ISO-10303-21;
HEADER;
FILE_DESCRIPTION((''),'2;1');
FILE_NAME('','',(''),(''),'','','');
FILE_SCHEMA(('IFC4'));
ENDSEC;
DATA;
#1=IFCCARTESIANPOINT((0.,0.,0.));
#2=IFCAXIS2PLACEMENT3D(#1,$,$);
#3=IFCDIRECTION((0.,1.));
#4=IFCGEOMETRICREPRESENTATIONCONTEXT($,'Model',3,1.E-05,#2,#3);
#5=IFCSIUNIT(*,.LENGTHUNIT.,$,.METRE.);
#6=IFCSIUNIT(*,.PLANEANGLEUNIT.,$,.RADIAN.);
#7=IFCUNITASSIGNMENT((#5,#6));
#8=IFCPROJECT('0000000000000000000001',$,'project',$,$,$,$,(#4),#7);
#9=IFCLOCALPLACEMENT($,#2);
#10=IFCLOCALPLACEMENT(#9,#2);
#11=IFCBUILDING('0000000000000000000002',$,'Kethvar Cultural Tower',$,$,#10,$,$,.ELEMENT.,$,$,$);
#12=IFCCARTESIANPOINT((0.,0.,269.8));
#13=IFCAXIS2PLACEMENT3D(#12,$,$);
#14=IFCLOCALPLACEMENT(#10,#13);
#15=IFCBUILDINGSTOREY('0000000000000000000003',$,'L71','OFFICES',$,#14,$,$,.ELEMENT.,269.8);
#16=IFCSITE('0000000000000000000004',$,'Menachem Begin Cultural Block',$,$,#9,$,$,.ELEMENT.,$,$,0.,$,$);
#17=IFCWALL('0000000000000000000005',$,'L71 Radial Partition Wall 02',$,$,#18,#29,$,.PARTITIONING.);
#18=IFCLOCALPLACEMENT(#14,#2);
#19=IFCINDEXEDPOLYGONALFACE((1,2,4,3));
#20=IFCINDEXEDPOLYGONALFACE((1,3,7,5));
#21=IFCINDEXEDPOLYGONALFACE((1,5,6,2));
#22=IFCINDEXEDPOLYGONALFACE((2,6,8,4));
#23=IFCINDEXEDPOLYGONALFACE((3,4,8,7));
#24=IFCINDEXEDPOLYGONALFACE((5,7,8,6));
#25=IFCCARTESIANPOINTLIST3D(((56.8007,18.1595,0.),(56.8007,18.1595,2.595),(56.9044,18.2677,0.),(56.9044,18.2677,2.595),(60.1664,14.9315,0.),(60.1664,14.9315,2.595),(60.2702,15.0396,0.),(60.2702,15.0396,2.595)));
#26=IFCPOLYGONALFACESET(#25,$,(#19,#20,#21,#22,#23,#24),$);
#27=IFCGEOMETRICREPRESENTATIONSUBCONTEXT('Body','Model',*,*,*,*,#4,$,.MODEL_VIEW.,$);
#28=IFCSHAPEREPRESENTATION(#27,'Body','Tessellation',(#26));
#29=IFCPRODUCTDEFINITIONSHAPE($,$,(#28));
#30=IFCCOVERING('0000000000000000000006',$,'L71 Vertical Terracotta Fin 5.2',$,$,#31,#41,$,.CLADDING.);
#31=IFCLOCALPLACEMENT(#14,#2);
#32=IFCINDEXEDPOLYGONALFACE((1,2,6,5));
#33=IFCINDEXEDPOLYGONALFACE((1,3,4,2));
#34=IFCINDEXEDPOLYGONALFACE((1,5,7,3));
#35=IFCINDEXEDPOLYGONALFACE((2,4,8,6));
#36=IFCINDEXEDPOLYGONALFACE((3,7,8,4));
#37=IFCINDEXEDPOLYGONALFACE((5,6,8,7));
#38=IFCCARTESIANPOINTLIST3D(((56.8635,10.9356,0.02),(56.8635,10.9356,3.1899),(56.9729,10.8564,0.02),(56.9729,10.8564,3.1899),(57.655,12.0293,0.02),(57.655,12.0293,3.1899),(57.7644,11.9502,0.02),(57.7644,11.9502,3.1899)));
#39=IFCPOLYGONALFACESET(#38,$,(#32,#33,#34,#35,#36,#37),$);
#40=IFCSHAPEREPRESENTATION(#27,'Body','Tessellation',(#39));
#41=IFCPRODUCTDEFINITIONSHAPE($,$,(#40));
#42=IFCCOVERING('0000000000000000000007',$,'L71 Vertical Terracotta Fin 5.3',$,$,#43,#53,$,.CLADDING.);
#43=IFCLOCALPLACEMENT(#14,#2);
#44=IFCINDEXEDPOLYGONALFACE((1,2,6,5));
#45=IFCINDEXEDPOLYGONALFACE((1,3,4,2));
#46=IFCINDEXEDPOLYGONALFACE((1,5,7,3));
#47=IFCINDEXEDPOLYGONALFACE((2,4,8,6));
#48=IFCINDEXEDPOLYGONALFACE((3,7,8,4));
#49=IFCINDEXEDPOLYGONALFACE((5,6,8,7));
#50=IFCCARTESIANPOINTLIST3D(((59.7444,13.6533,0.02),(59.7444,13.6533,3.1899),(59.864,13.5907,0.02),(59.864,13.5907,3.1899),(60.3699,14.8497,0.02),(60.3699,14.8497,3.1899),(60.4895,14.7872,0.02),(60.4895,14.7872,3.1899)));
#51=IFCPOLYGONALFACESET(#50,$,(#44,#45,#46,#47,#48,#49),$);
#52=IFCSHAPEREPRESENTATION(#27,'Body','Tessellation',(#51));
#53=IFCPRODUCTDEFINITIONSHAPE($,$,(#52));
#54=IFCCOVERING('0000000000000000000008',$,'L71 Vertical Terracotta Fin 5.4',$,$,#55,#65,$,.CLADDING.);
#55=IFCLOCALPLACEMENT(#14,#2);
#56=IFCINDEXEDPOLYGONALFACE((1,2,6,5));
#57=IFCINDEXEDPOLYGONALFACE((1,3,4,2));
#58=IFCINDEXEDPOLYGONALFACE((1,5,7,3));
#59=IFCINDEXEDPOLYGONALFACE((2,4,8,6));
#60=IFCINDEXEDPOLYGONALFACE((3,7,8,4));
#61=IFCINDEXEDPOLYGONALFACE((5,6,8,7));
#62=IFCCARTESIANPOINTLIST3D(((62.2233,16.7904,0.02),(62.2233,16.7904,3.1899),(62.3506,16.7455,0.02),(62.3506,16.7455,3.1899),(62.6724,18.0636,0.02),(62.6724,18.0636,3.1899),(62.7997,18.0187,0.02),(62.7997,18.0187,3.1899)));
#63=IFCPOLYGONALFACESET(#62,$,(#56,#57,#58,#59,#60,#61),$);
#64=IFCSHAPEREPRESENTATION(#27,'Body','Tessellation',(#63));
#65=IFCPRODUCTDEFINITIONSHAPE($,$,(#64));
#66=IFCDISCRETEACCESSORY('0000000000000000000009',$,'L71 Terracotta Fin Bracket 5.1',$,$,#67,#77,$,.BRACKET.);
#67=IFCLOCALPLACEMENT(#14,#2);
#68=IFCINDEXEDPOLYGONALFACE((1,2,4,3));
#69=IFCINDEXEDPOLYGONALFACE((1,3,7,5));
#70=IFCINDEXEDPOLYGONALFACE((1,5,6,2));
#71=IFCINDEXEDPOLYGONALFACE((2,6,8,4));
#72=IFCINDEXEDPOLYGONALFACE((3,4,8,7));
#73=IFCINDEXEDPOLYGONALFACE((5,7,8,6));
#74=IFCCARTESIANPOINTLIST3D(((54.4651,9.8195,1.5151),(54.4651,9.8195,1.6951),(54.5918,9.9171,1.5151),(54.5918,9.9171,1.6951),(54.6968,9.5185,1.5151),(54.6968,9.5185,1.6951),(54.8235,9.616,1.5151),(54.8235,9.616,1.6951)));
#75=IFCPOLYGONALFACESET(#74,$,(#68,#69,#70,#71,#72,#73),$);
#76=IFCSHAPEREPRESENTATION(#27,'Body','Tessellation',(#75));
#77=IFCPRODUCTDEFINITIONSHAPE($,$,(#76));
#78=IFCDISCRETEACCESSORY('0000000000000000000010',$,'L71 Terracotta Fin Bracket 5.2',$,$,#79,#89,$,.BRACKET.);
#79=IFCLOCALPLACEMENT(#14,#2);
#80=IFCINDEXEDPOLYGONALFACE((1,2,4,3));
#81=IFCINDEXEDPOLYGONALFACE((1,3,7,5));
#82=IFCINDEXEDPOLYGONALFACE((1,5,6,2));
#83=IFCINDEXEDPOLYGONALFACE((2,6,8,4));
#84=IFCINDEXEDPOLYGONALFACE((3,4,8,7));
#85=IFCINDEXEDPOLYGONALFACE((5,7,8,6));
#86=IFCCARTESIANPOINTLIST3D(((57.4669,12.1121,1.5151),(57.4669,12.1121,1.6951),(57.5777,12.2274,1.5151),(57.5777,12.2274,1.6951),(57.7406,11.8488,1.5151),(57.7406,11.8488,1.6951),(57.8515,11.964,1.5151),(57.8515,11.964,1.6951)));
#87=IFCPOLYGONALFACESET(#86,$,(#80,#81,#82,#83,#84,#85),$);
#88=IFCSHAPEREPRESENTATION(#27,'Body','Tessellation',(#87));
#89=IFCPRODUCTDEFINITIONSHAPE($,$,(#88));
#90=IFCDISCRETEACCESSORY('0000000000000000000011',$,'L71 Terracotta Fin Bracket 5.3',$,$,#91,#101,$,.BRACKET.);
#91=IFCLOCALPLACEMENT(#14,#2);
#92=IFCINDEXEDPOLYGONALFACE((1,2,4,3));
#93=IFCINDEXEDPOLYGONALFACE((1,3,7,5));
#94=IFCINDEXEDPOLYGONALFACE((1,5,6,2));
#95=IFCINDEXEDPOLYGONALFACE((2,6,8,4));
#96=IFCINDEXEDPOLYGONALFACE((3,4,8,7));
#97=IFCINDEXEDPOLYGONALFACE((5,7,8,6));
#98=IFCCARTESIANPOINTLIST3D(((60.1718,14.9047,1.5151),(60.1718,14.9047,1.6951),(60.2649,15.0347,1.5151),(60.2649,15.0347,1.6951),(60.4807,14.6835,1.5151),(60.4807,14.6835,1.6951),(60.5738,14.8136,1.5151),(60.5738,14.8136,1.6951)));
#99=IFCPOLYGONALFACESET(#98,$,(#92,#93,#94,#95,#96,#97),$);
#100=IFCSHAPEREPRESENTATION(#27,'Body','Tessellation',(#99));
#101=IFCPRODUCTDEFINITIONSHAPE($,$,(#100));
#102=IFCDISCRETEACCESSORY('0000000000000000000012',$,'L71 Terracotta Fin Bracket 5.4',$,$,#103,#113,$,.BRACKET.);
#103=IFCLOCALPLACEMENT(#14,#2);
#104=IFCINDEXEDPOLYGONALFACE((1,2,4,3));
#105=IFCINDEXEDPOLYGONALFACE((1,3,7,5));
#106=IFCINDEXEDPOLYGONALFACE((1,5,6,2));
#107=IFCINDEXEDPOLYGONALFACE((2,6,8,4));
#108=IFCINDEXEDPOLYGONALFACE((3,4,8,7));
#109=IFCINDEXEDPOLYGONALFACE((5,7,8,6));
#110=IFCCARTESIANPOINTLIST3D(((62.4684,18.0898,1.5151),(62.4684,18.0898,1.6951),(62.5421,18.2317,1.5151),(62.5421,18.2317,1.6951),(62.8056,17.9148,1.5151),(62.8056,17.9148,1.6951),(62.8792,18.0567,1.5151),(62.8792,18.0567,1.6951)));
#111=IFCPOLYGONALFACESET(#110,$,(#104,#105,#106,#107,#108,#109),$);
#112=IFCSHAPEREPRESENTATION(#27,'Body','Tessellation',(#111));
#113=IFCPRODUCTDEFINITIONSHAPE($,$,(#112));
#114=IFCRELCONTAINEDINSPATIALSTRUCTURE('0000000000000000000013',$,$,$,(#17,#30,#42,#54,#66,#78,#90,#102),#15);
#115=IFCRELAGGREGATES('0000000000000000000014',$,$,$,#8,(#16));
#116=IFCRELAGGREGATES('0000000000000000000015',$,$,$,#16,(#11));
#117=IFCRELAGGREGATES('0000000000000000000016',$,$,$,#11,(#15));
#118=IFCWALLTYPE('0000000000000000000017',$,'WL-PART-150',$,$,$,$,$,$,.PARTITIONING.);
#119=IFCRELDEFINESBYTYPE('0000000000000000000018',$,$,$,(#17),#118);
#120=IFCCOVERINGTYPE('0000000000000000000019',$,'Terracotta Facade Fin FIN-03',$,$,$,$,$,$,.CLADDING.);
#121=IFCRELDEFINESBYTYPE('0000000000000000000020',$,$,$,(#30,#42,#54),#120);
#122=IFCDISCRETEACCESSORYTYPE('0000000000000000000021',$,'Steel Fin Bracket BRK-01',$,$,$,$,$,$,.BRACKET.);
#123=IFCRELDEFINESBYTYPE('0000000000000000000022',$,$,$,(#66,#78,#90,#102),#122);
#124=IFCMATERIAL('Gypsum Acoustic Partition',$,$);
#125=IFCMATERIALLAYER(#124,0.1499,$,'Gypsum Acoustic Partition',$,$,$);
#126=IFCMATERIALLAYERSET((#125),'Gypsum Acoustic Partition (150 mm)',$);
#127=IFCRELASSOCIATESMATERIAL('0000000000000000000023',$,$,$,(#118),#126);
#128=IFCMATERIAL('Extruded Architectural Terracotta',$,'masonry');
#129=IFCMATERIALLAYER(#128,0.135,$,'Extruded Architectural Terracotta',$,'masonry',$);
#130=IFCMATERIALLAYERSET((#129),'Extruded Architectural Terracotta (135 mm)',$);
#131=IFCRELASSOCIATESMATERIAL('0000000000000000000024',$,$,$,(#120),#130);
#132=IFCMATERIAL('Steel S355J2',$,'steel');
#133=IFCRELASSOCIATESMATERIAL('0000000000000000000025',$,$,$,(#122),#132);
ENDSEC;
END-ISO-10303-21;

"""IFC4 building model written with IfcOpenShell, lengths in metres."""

from ifc_helpers import new_model, si_unit, direction, frame, frame_2d, origin, origin_2d, place, context, subcontext, project, spatial, rectangle, extrude, source, transform, mapped, material, layer, layer_set, type_object, element, save


model = new_model("IFC4")

# Units and contexts
model_context = context("Model", 3, precision=1e-05, world=origin(), true_north=direction((0.0, 1.0)))
body_context = subcontext(model_context, "Body", "Model", "MODEL_VIEW")
ifc_project = project(units=[si_unit("LENGTHUNIT", "METRE"), si_unit("PLANEANGLEUNIT", "RADIAN")], contexts=[model_context])

# Site, building, storey
site_placement = place(None, origin())
site = spatial("IfcSite", under=ifc_project, at=site_placement, Name="Menachem Begin Cultural Block", CompositionType="ELEMENT", RefElevation=0.0)
building_placement = place(site_placement, origin())
building = spatial("IfcBuilding", under=site, at=building_placement, Name="Kethvar Cultural Tower", CompositionType="ELEMENT")
storey_placement = place(building_placement, frame((0.0, 0.0, 269.8)))
storey = spatial("IfcBuildingStorey", under=building, at=storey_placement, Name="L71", Description="OFFICES", CompositionType="ELEMENT", Elevation=269.8)

# Shared definitions
ifc_material_1 = material(Name="Steel S355J2", Category="steel")

# Wall
ifc_material_2 = material(Name="Gypsum Acoustic Partition")
ifc_layer_1 = layer(ifc_material_2, 0.1499, Name="Gypsum Acoustic Partition")
ifc_layer_set_1 = layer_set([ifc_layer_1], Name="Gypsum Acoustic Partition (150 mm)")
wall_type_1 = type_object("IfcWallType", Name="WL-PART-150", PredefinedType="PARTITIONING", material=ifc_layer_set_1)
wall_1_placement = place(storey_placement, frame((56.8525, 18.2136, 0.0), z_axis=(0.0, 0.0, 1.0), x_axis=(0.721716, -0.69219, 0.0)))
element("IfcWall", 1, at=wall_1_placement, inside=storey, type_object=wall_type_1, Name="L71 Radial Partition Wall 02", PredefinedType="PARTITIONING", context=body_context, shape_type="SweptSolid", body=[
    extrude(rectangle(XDim=4.6636, YDim=0.1499, at=frame_2d((2.3318, 0.0))), origin(), (0.0, 0.0, 1.0), 2.595),
])

# Coverings
ifc_material_3 = material(Name="Extruded Architectural Terracotta", Category="masonry")
ifc_layer_2 = layer(ifc_material_3, 0.135, Name="Extruded Architectural Terracotta", Category="masonry")
ifc_layer_set_2 = layer_set([ifc_layer_2], Name="Extruded Architectural Terracotta (135 mm)")
covering_type = type_object("IfcCoveringType", Name="Terracotta Facade Fin FIN-03", PredefinedType="CLADDING", material=ifc_layer_set_2)
shared_shape_1 = source(origin(), body_context, "Body", "SweptSolid", [
    extrude(rectangle(XDim=1.3501, YDim=0.135, at=origin_2d()), origin(), (0.0, 0.0, 1.0), 3.1699),
])
for number, where, z_axis, x_axis, name in (
    (2, (57.314, 11.4429, 0.02), (0.0, 0.0, 1.0), (-0.586231, -0.810144, 0.0), "L71 Vertical Terracotta Fin 5.2"),
    (3, (60.1169, 14.2202, 0.02), (0.0, 0.0, 1.0), (-0.463296, -0.886204, 0.0), "L71 Vertical Terracotta Fin 5.3"),
    (4, (62.5115, 17.4045, 0.02), (0.0, 0.0, 1.0), (-0.332655, -0.943049, 0.0), "L71 Vertical Terracotta Fin 5.4"),
):
    element("IfcCovering", number, at=place(storey_placement, frame(where, z_axis=z_axis, x_axis=x_axis)), inside=storey, type_object=covering_type, Name=name, PredefinedType="CLADDING", context=body_context, shape_type="MappedRepresentation", body=[
        mapped(shared_shape_1, transform((0.0, 0.0, 0.0), scale=1.0)),
    ])

# Discrete accessories
discrete_accessory_type = type_object("IfcDiscreteAccessoryType", Name="Steel Fin Bracket BRK-01", PredefinedType="BRACKET", material=ifc_material_1)
shared_shape_2 = source(origin(), body_context, "Body", "SweptSolid", [
    extrude(rectangle(XDim=0.3799, YDim=0.1599, at=origin_2d()), origin(), (0.0, 0.0, 1.0), 0.1799),
])
for number, where, z_axis, x_axis, name in (
    (5, (54.6443, 9.7178, 1.5151), (0.0, 0.0, 1.0), (0.609869, -0.792503, 0.0), "L71 Terracotta Fin Bracket 5.1"),
    (6, (57.6592, 12.0381, 1.5151), (0.0, 0.0, 1.0), (0.720672, -0.693276, 0.0), "L71 Terracotta Fin Bracket 5.2"),
    (7, (60.3728, 14.8591, 1.5151), (0.0, 0.0, 1.0), (0.813101, -0.582123, 0.0), "L71 Terracotta Fin Bracket 5.3"),
    (8, (62.6738, 18.0732, 1.5151), (0.0, 0.0, 1.0), (0.887574, -0.460665, 0.0), "L71 Terracotta Fin Bracket 5.4"),
):
    element("IfcDiscreteAccessory", number, at=place(storey_placement, frame(where, z_axis=z_axis, x_axis=x_axis)), inside=storey, type_object=discrete_accessory_type, Name=name, PredefinedType="BRACKET", context=body_context, shape_type="MappedRepresentation", body=[
        mapped(shared_shape_2, transform((0.0, 0.0, 0.0), scale=1.0)),
    ])

save(model, "model.ifc")
